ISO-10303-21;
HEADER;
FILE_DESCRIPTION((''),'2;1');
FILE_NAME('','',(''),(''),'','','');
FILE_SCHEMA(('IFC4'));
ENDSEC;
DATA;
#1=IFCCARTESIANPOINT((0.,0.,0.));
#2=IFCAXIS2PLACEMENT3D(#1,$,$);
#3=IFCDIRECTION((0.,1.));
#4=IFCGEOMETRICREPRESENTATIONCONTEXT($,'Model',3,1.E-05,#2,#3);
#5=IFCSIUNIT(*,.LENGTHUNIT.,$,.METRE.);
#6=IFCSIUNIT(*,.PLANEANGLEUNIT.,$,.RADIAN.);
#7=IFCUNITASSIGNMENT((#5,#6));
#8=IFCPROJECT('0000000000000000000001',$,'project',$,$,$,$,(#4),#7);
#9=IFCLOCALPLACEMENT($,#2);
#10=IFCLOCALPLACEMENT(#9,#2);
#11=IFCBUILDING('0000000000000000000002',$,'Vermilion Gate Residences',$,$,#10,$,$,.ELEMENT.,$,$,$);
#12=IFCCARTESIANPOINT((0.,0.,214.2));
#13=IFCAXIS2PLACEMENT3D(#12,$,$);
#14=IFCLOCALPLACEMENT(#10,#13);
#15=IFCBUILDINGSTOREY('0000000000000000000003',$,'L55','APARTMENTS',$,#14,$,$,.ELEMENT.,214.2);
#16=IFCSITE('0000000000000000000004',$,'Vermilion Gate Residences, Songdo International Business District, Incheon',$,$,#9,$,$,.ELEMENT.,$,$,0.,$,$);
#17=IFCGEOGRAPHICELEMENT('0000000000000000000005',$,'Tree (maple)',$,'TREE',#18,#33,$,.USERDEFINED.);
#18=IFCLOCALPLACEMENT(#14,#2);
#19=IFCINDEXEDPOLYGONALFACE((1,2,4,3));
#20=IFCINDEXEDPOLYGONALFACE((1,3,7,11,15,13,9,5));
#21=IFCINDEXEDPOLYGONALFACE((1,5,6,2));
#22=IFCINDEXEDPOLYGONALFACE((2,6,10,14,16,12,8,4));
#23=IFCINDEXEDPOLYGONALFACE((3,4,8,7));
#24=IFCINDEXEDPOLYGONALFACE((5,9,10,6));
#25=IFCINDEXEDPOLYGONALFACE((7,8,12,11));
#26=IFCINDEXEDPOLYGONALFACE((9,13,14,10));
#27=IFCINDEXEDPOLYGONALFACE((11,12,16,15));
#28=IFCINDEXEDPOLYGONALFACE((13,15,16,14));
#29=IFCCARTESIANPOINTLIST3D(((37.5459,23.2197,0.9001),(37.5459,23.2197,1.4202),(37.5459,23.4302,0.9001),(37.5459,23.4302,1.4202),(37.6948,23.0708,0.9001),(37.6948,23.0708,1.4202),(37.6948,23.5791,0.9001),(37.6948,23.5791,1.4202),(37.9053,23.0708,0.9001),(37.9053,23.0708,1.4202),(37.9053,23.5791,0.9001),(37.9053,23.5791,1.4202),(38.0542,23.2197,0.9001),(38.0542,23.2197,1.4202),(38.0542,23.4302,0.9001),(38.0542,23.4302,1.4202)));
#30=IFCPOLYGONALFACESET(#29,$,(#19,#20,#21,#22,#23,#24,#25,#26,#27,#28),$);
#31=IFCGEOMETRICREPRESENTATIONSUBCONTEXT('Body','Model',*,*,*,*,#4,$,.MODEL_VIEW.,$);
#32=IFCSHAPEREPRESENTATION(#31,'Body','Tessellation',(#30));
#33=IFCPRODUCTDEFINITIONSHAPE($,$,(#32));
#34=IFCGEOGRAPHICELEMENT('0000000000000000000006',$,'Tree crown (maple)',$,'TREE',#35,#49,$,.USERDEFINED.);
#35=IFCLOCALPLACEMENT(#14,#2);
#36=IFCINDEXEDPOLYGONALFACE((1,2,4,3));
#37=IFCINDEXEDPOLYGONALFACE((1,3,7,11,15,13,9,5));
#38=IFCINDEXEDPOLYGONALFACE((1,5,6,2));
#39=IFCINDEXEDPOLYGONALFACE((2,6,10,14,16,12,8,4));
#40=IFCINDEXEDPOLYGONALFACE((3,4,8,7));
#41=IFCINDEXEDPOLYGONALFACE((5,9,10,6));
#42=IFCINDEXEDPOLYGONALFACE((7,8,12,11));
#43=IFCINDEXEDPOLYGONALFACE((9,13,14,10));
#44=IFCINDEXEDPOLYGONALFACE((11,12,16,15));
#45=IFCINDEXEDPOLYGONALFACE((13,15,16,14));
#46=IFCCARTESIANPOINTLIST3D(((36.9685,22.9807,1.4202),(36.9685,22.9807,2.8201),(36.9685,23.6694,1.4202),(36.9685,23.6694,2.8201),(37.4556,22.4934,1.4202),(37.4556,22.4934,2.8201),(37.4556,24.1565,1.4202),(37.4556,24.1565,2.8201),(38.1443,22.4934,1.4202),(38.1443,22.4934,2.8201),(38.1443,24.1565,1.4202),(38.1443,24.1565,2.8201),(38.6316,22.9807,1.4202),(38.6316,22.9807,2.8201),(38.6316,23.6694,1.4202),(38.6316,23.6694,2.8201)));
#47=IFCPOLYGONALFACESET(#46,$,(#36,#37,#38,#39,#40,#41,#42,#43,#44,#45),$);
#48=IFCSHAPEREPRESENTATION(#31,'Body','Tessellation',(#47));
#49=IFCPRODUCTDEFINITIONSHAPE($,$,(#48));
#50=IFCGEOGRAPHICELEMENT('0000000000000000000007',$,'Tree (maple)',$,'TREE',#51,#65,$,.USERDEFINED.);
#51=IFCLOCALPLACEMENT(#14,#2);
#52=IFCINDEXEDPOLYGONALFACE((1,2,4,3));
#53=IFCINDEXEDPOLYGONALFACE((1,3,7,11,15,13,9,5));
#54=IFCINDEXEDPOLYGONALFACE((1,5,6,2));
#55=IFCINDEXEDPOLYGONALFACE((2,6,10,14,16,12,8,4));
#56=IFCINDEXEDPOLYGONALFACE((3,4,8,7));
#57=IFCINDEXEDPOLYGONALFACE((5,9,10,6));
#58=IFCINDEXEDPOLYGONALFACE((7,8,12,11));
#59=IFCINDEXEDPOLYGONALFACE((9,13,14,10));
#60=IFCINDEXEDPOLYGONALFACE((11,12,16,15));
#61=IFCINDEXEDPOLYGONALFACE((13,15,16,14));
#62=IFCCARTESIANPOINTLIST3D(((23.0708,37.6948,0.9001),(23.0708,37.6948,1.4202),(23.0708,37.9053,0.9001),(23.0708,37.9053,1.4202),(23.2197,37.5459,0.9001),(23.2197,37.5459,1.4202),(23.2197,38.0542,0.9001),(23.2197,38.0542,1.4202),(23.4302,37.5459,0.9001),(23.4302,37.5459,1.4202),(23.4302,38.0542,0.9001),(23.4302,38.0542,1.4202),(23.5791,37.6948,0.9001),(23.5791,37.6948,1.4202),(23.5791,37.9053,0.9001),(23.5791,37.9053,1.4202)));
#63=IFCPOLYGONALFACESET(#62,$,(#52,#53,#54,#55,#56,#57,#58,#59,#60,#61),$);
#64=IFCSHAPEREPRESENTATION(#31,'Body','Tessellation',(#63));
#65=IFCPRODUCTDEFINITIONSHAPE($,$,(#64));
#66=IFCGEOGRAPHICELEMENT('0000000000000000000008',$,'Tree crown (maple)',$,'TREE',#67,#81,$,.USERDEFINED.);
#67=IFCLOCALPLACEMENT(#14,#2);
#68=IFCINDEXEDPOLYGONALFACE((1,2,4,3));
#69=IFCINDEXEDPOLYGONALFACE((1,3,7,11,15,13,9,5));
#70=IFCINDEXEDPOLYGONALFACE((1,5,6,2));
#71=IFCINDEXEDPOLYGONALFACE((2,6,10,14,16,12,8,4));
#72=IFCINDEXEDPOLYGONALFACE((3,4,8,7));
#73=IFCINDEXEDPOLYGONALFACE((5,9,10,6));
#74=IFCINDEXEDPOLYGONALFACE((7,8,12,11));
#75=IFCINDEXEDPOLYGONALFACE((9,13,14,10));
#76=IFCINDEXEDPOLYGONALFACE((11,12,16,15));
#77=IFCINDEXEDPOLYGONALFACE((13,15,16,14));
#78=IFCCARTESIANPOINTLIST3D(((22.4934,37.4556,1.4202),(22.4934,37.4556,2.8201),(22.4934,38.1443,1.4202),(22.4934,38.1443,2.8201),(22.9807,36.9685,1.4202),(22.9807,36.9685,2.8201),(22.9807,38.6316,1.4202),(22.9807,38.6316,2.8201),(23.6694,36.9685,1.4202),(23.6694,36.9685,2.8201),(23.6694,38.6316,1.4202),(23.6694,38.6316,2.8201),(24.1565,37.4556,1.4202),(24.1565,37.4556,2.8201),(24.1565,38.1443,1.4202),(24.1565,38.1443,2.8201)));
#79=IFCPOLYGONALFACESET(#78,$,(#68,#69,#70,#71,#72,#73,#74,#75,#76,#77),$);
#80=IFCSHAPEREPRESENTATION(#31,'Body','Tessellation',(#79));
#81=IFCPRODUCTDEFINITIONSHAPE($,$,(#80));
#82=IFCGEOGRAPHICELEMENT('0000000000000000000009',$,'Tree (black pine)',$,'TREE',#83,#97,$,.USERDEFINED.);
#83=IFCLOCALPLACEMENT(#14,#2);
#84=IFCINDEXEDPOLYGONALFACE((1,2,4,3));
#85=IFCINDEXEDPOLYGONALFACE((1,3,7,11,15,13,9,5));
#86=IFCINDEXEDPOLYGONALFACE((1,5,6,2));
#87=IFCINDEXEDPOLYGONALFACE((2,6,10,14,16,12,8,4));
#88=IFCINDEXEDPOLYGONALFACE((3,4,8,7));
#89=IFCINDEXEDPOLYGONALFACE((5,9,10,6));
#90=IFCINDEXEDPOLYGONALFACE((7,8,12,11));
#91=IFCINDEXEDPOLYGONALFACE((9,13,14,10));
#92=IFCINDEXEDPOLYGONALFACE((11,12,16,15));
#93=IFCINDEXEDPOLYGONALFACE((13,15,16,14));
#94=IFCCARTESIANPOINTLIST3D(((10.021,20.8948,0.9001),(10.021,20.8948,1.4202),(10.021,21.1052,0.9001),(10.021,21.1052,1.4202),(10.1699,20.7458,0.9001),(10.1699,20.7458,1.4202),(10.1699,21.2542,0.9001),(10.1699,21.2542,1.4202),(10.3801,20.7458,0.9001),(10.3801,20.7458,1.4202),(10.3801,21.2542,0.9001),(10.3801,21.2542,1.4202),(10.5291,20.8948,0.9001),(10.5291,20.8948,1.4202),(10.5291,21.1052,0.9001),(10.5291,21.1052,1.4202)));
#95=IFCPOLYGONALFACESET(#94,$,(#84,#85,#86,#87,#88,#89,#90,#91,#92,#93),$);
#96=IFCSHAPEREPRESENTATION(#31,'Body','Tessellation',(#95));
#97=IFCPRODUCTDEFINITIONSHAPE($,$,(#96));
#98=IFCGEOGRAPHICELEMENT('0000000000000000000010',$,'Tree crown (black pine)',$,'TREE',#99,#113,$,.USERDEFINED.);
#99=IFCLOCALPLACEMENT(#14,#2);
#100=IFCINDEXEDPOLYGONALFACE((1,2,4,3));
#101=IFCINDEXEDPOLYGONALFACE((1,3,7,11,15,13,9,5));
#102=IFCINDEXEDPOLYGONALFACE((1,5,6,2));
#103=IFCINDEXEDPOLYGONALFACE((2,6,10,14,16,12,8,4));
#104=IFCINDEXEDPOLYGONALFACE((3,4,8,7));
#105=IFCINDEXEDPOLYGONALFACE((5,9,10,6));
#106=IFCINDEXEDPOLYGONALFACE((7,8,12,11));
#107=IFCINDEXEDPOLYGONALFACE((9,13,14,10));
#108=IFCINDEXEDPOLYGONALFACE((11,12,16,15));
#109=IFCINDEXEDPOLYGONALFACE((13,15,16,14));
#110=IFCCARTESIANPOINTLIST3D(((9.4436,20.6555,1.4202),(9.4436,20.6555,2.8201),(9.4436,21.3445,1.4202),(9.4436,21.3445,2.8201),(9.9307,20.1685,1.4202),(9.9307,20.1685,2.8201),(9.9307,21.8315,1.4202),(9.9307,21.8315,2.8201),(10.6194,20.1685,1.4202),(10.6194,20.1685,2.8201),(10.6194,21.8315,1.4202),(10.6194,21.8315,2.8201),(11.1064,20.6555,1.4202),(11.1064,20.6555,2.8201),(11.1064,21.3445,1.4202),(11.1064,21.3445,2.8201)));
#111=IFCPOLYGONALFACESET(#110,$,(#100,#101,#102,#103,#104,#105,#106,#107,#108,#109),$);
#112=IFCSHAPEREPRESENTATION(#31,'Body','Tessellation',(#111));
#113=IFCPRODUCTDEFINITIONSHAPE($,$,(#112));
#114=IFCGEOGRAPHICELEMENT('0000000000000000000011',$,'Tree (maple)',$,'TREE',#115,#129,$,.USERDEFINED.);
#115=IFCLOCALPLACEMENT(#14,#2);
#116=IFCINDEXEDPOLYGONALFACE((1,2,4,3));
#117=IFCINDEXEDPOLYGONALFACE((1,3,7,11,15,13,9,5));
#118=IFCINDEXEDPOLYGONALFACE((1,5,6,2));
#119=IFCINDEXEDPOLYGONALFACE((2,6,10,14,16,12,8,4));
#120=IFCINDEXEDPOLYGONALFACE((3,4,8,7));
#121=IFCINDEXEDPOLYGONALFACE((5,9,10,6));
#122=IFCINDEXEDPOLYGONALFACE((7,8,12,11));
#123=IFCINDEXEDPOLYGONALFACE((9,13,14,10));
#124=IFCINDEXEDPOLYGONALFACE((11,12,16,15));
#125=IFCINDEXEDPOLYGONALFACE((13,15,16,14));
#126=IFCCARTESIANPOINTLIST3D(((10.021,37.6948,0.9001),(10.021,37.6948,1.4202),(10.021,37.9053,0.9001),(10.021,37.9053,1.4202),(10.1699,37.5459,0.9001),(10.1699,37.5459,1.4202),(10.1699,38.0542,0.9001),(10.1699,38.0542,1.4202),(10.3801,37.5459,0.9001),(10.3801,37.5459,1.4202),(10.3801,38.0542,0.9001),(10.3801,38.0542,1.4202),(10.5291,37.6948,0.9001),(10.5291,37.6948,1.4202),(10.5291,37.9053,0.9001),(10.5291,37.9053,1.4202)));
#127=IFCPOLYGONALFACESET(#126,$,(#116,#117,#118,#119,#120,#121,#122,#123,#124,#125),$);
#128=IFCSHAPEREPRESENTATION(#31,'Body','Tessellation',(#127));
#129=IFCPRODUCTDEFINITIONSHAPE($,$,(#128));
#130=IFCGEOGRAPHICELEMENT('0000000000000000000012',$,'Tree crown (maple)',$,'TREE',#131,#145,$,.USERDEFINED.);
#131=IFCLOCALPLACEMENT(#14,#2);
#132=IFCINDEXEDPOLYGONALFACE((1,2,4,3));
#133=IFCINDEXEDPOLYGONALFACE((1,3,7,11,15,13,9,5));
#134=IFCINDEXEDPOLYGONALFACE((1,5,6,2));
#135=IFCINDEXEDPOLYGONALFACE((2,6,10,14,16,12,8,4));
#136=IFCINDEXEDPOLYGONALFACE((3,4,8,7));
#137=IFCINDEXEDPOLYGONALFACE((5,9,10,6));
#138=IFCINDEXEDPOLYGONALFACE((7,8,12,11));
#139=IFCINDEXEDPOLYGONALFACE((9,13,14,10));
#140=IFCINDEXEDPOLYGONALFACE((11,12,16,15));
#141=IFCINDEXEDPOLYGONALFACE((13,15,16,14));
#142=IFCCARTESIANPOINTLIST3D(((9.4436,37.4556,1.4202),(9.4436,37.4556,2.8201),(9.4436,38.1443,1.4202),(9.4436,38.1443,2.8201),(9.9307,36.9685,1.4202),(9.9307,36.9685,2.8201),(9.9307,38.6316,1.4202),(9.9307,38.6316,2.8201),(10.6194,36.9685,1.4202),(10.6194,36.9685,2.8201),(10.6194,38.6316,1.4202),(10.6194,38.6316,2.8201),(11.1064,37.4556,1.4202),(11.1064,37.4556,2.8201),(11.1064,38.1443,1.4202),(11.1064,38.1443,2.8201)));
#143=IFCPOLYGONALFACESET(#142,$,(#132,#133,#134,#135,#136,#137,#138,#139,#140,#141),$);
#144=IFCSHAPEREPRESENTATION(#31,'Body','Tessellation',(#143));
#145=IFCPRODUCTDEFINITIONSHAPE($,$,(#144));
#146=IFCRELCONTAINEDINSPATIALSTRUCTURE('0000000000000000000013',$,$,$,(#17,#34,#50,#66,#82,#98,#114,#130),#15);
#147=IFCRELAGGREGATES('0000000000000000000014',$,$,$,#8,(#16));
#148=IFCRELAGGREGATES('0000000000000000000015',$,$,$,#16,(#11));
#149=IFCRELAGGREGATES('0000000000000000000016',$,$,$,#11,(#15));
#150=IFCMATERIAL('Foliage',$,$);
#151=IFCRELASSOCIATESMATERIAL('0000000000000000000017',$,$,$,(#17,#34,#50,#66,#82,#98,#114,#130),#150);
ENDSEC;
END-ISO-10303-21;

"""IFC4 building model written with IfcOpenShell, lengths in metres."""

from ifc_helpers import new_model, si_unit, direction, frame, origin, place, context, subcontext, project, spatial, polyline, outline, extrude, material, element, save


model = new_model("IFC4")

# Units and contexts
model_context = context("Model", 3, precision=1e-05, world=origin(), true_north=direction((0.0, 1.0)))
body_context = subcontext(model_context, "Body", "Model", "MODEL_VIEW")
ifc_project = project(units=[si_unit("LENGTHUNIT", "METRE"), si_unit("PLANEANGLEUNIT", "RADIAN")], contexts=[model_context])

# Site, building, storey
site_placement = place(None, origin())
site = spatial("IfcSite", under=ifc_project, at=site_placement, Name="Vermilion Gate Residences, Songdo International Business District, Incheon", CompositionType="ELEMENT", RefElevation=0.0)
building_placement = place(site_placement, origin())
building = spatial("IfcBuilding", under=site, at=building_placement, Name="Vermilion Gate Residences", CompositionType="ELEMENT")
storey_placement = place(building_placement, frame((0.0, 0.0, 214.2)))
storey = spatial("IfcBuildingStorey", under=building, at=storey_placement, Name="L55", Description="APARTMENTS", CompositionType="ELEMENT", Elevation=214.2)

# Geographic elements
ifc_material_1 = material(Name="Foliage")
geographic_element_1_placement = place(storey_placement, frame((0.0, 0.0, 0.9001)))
element("IfcGeographicElement", 1, at=geographic_element_1_placement, inside=storey, material=ifc_material_1, Name="Tree (maple)", ObjectType="TREE", PredefinedType="USERDEFINED", context=body_context, shape_type="SweptSolid", body=[
    extrude(outline(polyline([(38.0542, 23.4302), (37.9053, 23.5791), (37.6948, 23.5791), (37.5459, 23.4302), (37.5459, 23.2197), (37.6948, 23.0708), (37.9053, 23.0708), (38.0542, 23.2197), (38.0542, 23.4302)])), origin(), (0.0, 0.0, 1.0), 0.52),
])
geographic_element_2_placement = place(storey_placement, frame((0.0, 0.0, 1.4202)))
element("IfcGeographicElement", 2, at=geographic_element_2_placement, inside=storey, material=ifc_material_1, Name="Tree crown (maple)", ObjectType="TREE", PredefinedType="USERDEFINED", context=body_context, shape_type="SweptSolid", body=[
    extrude(outline(polyline([(38.6316, 23.6694), (38.1443, 24.1565), (37.4556, 24.1565), (36.9685, 23.6694), (36.9685, 22.9807), (37.4556, 22.4934), (38.1443, 22.4934), (38.6316, 22.9807), (38.6316, 23.6694)])), origin(), (0.0, 0.0, 1.0), 1.3999),
])
geographic_element_3_placement = place(storey_placement, frame((0.0, 0.0, 0.9001)))
element("IfcGeographicElement", 3, at=geographic_element_3_placement, inside=storey, material=ifc_material_1, Name="Tree (maple)", ObjectType="TREE", PredefinedType="USERDEFINED", context=body_context, shape_type="SweptSolid", body=[
    extrude(outline(polyline([(23.5791, 37.9053), (23.4302, 38.0542), (23.2197, 38.0542), (23.0708, 37.9053), (23.0708, 37.6948), (23.2197, 37.5459), (23.4302, 37.5459), (23.5791, 37.6948), (23.5791, 37.9053)])), origin(), (0.0, 0.0, 1.0), 0.52),
])
geographic_element_4_placement = place(storey_placement, frame((0.0, 0.0, 1.4202)))
element("IfcGeographicElement", 4, at=geographic_element_4_placement, inside=storey, material=ifc_material_1, Name="Tree crown (maple)", ObjectType="TREE", PredefinedType="USERDEFINED", context=body_context, shape_type="SweptSolid", body=[
    extrude(outline(polyline([(24.1565, 38.1443), (23.6694, 38.6316), (22.9807, 38.6316), (22.4934, 38.1443), (22.4934, 37.4556), (22.9807, 36.9685), (23.6694, 36.9685), (24.1565, 37.4556), (24.1565, 38.1443)])), origin(), (0.0, 0.0, 1.0), 1.3999),
])
geographic_element_5_placement = place(storey_placement, frame((0.0, 0.0, 0.9001)))
element("IfcGeographicElement", 5, at=geographic_element_5_placement, inside=storey, material=ifc_material_1, Name="Tree (black pine)", ObjectType="TREE", PredefinedType="USERDEFINED", context=body_context, shape_type="SweptSolid", body=[
    extrude(outline(polyline([(10.5291, 21.1052), (10.3801, 21.2542), (10.1699, 21.2542), (10.021, 21.1052), (10.021, 20.8948), (10.1699, 20.7458), (10.3801, 20.7458), (10.5291, 20.8948), (10.5291, 21.1052)])), origin(), (0.0, 0.0, 1.0), 0.52),
])
geographic_element_6_placement = place(storey_placement, frame((0.0, 0.0, 1.4202)))
element("IfcGeographicElement", 6, at=geographic_element_6_placement, inside=storey, material=ifc_material_1, Name="Tree crown (black pine)", ObjectType="TREE", PredefinedType="USERDEFINED", context=body_context, shape_type="SweptSolid", body=[
    extrude(outline(polyline([(11.1064, 21.3445), (10.6194, 21.8315), (9.9307, 21.8315), (9.4436, 21.3445), (9.4436, 20.6555), (9.9307, 20.1685), (10.6194, 20.1685), (11.1064, 20.6555), (11.1064, 21.3445)])), origin(), (0.0, 0.0, 1.0), 1.3999),
])
geographic_element_7_placement = place(storey_placement, frame((0.0, 0.0, 0.9001)))
element("IfcGeographicElement", 7, at=geographic_element_7_placement, inside=storey, material=ifc_material_1, Name="Tree (maple)", ObjectType="TREE", PredefinedType="USERDEFINED", context=body_context, shape_type="SweptSolid", body=[
    extrude(outline(polyline([(10.5291, 37.9053), (10.3801, 38.0542), (10.1699, 38.0542), (10.021, 37.9053), (10.021, 37.6948), (10.1699, 37.5459), (10.3801, 37.5459), (10.5291, 37.6948), (10.5291, 37.9053)])), origin(), (0.0, 0.0, 1.0), 0.52),
])
geographic_element_8_placement = place(storey_placement, frame((0.0, 0.0, 1.4202)))
element("IfcGeographicElement", 8, at=geographic_element_8_placement, inside=storey, material=ifc_material_1, Name="Tree crown (maple)", ObjectType="TREE", PredefinedType="USERDEFINED", context=body_context, shape_type="SweptSolid", body=[
    extrude(outline(polyline([(11.1064, 38.1443), (10.6194, 38.6316), (9.9307, 38.6316), (9.4436, 38.1443), (9.4436, 37.4556), (9.9307, 36.9685), (10.6194, 36.9685), (11.1064, 37.4556), (11.1064, 38.1443)])), origin(), (0.0, 0.0, 1.0), 1.3999),
])

save(model, "model.ifc")
